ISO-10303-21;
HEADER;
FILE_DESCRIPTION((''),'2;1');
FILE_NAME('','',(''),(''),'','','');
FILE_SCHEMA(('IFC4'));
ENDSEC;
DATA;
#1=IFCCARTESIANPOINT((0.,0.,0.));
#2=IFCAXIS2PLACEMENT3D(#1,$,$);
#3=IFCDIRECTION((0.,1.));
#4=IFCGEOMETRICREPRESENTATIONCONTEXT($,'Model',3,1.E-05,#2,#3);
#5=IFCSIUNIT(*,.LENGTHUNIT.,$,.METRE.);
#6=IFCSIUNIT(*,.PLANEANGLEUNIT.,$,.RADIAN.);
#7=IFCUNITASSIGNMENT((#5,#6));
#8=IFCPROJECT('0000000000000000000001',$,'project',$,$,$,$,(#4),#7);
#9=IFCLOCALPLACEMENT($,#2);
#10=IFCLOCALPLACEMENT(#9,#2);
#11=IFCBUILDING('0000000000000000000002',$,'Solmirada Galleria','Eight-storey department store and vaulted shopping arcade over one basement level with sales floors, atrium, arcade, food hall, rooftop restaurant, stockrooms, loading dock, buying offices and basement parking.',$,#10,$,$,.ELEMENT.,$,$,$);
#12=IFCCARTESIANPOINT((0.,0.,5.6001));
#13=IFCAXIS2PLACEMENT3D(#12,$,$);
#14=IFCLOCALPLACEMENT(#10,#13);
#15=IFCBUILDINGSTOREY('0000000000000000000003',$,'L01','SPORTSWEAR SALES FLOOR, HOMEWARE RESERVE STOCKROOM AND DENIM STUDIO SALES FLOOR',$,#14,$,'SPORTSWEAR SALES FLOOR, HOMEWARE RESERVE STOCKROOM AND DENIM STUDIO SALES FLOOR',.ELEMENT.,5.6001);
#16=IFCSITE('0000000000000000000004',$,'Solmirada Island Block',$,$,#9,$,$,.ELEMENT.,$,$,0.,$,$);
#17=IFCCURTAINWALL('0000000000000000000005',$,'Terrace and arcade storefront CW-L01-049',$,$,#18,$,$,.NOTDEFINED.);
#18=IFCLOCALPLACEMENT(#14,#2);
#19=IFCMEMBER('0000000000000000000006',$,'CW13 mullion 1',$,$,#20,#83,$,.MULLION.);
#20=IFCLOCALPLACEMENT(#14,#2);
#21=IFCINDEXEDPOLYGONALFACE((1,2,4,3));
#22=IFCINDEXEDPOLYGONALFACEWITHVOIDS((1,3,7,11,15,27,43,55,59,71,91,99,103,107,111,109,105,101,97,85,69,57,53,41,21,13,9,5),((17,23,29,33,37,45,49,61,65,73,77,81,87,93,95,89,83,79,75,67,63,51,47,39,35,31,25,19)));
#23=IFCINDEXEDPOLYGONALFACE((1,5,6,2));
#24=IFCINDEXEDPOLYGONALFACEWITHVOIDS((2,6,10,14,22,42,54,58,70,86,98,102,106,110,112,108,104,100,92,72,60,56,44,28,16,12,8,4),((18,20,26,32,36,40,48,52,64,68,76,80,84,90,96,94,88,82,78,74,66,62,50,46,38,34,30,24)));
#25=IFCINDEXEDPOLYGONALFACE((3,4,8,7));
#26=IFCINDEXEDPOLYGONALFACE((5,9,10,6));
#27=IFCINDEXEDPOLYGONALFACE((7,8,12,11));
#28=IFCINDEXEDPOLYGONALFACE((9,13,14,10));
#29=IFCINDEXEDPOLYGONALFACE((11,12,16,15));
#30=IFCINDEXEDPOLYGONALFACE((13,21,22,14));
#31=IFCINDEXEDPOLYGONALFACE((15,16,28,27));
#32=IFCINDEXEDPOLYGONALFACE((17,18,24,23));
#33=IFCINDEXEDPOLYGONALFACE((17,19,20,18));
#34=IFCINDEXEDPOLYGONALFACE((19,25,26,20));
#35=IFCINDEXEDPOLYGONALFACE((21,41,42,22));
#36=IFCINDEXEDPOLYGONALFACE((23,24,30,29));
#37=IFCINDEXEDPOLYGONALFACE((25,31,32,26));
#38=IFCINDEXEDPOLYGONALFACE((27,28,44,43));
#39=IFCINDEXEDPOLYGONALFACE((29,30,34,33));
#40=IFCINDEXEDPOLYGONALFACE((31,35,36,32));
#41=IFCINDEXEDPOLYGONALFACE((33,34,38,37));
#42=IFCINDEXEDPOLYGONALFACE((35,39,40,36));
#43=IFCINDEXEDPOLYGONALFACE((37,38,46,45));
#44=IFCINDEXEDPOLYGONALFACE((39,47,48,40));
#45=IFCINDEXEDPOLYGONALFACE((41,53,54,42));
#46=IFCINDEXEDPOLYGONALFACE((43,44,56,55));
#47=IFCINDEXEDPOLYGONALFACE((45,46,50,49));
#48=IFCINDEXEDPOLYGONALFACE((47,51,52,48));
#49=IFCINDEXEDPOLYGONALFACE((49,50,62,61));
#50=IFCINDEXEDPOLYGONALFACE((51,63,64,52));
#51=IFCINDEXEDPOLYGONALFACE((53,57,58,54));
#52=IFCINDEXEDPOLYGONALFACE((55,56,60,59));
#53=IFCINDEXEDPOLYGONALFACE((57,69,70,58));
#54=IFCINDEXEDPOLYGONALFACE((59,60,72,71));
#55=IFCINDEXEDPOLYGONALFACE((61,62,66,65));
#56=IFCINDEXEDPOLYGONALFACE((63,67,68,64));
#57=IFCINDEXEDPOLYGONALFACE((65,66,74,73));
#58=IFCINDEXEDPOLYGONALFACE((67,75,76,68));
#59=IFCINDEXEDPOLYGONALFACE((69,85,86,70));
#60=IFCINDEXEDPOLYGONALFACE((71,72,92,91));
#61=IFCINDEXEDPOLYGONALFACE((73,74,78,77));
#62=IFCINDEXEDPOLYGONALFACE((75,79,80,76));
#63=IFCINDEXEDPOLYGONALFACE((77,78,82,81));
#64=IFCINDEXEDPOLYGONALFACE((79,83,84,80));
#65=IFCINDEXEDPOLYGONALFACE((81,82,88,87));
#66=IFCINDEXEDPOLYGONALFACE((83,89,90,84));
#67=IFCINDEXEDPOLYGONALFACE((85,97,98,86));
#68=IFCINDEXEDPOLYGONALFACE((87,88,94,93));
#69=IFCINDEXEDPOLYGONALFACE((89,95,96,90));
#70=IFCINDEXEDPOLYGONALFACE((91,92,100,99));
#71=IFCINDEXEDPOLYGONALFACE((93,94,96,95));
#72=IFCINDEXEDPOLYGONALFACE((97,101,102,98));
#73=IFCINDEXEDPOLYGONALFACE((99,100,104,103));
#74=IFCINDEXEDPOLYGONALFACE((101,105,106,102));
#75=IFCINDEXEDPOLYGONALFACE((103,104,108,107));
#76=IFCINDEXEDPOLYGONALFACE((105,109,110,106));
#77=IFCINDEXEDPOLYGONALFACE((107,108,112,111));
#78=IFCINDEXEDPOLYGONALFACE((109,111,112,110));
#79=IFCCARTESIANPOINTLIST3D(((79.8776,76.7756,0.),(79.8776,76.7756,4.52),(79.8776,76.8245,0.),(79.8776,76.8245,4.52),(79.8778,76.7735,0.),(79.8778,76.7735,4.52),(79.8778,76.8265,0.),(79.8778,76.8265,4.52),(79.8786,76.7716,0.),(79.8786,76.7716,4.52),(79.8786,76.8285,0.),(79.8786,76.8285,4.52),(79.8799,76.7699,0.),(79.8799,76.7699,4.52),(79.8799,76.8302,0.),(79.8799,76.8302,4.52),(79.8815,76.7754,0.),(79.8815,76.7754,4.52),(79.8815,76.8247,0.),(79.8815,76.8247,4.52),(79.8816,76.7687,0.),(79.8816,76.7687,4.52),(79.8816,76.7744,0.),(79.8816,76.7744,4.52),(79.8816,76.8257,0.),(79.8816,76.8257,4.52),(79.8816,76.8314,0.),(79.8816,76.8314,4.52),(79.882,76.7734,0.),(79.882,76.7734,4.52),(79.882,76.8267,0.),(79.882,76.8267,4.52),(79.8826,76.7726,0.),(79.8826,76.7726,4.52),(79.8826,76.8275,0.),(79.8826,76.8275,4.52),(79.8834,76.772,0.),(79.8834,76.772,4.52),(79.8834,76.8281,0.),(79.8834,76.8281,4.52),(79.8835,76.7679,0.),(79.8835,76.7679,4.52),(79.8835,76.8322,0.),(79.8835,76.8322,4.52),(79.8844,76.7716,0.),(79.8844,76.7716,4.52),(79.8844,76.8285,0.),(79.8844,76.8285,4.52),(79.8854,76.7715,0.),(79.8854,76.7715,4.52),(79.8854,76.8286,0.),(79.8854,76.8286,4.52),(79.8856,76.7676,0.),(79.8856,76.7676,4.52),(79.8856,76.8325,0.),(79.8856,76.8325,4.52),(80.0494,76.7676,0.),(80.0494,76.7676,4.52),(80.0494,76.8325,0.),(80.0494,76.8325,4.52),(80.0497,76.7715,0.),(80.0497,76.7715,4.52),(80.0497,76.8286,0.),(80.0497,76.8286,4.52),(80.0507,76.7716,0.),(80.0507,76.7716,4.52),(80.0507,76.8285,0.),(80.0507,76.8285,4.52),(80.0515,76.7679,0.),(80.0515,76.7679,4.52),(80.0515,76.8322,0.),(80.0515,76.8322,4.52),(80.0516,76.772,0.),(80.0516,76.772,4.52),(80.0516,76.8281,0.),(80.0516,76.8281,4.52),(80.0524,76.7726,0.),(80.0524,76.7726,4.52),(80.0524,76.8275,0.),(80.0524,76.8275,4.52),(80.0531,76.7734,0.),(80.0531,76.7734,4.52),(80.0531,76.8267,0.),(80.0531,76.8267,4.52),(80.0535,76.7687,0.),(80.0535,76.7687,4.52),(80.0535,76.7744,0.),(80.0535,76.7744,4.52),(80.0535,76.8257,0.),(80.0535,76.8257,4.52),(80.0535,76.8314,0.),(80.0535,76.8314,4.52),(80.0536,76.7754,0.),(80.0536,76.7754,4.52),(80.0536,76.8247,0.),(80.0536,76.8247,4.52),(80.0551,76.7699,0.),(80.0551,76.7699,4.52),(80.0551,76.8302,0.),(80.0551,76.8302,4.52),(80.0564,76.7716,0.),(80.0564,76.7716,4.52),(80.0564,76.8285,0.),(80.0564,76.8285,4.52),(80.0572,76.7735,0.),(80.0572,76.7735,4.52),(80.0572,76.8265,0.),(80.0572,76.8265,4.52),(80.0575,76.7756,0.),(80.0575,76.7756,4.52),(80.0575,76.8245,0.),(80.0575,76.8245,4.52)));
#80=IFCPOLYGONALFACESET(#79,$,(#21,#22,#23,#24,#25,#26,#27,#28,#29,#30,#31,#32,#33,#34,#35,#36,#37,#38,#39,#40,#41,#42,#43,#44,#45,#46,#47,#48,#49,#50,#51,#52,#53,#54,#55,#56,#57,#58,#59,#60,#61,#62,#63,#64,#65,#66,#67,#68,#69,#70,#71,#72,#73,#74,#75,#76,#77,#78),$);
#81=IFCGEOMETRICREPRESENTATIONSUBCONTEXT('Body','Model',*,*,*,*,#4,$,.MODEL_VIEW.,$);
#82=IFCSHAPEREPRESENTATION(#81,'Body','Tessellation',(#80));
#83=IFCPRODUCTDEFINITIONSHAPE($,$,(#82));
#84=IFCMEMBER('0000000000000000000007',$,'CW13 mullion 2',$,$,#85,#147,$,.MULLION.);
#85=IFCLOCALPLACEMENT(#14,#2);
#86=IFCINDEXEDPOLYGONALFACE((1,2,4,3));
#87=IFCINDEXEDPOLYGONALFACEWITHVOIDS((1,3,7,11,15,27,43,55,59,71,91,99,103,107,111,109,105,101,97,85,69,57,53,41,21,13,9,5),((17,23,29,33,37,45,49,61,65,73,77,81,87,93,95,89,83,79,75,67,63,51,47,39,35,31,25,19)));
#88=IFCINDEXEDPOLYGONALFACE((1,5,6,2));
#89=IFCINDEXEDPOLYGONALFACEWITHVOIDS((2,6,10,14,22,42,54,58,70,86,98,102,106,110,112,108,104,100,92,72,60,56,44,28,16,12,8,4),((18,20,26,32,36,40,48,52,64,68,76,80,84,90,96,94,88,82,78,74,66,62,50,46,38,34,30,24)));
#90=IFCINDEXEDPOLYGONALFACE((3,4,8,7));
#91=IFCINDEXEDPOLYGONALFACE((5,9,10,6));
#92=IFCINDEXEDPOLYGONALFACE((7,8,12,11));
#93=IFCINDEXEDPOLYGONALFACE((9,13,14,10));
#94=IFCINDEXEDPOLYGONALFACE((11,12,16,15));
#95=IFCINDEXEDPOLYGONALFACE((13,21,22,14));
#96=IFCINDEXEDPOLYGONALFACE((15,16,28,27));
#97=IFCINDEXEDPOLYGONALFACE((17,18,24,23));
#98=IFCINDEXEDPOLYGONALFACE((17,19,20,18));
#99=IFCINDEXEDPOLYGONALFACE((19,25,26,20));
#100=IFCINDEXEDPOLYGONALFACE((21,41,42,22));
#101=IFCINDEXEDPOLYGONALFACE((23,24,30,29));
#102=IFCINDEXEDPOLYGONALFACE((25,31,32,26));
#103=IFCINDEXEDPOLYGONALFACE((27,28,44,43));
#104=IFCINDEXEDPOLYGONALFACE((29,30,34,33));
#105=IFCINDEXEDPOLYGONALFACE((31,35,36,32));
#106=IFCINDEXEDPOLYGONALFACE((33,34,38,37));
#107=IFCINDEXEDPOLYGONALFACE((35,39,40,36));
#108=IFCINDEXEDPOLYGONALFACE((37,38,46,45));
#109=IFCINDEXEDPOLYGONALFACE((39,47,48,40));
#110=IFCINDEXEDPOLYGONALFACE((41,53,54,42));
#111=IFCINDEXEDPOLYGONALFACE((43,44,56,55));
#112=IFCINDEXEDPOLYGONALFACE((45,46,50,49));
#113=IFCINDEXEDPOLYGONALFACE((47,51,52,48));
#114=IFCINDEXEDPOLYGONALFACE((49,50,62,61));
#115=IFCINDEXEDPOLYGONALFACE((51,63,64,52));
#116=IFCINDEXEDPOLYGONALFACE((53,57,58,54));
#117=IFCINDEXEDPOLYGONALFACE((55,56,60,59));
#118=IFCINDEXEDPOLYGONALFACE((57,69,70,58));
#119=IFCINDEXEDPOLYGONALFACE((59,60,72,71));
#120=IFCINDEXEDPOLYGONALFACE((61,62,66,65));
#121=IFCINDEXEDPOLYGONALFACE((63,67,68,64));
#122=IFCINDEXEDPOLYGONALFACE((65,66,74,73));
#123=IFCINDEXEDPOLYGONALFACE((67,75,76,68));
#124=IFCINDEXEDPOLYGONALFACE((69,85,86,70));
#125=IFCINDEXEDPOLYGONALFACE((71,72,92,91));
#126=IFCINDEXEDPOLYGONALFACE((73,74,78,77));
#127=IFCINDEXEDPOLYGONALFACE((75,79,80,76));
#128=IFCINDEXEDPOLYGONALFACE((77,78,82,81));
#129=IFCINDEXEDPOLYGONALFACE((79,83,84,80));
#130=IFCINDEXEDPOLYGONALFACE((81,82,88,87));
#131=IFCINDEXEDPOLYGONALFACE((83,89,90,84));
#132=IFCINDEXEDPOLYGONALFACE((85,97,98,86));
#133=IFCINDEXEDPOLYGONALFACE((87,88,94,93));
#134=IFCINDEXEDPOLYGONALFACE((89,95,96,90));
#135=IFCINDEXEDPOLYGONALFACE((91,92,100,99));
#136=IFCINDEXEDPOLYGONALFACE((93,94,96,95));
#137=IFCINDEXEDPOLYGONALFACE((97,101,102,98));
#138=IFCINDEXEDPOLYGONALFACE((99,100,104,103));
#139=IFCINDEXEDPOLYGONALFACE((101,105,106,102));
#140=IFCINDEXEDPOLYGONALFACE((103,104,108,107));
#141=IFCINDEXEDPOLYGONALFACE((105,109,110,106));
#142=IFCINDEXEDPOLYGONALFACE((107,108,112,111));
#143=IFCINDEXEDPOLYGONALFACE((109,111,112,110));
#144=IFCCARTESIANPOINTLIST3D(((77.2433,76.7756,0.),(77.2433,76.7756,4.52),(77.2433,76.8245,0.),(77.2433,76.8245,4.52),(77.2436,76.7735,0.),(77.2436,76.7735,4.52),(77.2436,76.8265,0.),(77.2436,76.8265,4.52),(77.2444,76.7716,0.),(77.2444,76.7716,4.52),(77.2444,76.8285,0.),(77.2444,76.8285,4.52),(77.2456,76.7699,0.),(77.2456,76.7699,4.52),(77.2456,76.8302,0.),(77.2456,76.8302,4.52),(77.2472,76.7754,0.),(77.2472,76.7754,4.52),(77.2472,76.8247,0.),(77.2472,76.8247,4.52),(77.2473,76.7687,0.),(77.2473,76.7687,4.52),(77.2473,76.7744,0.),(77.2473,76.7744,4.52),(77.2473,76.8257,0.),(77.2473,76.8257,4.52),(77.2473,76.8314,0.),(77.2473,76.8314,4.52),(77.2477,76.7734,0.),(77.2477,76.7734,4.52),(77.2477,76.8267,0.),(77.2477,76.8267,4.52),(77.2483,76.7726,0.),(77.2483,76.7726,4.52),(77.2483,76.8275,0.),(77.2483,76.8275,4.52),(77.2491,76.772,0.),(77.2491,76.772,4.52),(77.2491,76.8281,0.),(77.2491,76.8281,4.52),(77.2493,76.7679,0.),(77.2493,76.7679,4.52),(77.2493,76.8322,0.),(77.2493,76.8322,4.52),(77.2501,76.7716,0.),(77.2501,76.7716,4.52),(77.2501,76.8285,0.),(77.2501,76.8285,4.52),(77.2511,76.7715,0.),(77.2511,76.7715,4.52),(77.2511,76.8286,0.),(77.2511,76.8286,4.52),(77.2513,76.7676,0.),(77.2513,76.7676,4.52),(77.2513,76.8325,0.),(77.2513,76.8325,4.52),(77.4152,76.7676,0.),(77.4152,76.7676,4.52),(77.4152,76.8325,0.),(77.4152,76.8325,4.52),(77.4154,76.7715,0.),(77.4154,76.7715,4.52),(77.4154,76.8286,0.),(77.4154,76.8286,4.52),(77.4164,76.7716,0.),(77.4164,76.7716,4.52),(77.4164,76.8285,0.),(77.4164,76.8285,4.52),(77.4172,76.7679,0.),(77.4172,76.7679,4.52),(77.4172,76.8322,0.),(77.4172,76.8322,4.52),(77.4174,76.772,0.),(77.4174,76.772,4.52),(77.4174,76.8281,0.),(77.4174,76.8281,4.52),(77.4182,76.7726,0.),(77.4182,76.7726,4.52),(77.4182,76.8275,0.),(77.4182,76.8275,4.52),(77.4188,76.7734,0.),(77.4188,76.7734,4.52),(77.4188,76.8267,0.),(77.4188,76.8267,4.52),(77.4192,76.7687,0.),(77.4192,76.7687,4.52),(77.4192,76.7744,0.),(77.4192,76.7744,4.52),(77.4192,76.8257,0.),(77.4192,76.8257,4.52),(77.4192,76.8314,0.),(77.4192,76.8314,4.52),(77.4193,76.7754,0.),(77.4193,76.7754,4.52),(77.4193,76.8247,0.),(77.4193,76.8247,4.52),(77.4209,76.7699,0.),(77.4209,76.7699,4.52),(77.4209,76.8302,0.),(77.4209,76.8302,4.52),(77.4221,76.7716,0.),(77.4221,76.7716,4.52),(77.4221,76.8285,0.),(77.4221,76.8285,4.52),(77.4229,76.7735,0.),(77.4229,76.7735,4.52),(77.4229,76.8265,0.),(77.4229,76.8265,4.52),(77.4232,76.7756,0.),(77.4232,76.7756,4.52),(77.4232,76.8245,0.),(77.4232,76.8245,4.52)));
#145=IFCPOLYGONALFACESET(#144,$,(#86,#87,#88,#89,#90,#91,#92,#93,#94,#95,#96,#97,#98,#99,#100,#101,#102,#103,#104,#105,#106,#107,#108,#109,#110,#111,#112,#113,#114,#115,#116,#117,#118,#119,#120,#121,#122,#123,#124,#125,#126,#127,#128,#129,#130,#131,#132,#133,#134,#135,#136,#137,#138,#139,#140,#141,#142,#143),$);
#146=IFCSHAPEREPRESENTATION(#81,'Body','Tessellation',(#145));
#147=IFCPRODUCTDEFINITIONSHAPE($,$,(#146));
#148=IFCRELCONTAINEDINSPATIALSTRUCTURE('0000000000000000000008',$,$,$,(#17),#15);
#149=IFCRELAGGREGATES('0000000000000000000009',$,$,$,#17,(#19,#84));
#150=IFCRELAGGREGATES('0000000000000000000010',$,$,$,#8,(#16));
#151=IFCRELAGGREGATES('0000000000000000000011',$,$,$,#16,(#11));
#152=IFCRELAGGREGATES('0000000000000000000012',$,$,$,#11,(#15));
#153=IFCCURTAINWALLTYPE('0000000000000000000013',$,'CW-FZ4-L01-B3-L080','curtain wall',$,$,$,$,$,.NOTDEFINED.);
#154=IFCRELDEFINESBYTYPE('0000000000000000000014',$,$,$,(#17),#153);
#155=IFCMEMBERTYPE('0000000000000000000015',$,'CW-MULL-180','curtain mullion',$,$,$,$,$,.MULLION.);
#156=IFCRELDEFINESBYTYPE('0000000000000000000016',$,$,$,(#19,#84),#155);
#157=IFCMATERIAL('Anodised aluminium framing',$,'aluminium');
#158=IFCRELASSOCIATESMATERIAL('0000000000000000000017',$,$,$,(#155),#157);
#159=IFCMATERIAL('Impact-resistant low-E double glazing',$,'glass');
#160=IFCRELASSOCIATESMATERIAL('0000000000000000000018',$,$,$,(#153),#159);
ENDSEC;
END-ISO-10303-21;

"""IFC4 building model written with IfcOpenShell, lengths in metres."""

from ifc_helpers import new_model, si_unit, direction, frame, origin, origin_2d, place, context, subcontext, project, spatial, hollow_rectangle, extrude, material, material_profile, profile_set, type_object, element, aggregate, save


model = new_model("IFC4")

# Units and contexts
model_context = context("Model", 3, precision=1e-05, world=origin(), true_north=direction((0.0, 1.0)))
body_context = subcontext(model_context, "Body", "Model", "MODEL_VIEW")
ifc_project = project(units=[si_unit("LENGTHUNIT", "METRE"), si_unit("PLANEANGLEUNIT", "RADIAN")], contexts=[model_context])

# Site, building, storey
site_placement = place(None, origin())
site = spatial("IfcSite", under=ifc_project, at=site_placement, Name="Solmirada Island Block", CompositionType="ELEMENT", RefElevation=0.0)
building_placement = place(site_placement, origin())
building = spatial("IfcBuilding", under=site, at=building_placement, Name="Solmirada Galleria", Description="Eight-storey department store and vaulted shopping arcade over one basement level with sales floors, atrium, arcade, food hall, rooftop restaurant, stockrooms, loading dock, buying offices and basement parking.", CompositionType="ELEMENT")
storey_placement = place(building_placement, frame((0.0, 0.0, 5.6001)))
storey = spatial("IfcBuildingStorey", under=building, at=storey_placement, Name="L01", Description="SPORTSWEAR SALES FLOOR, HOMEWARE RESERVE STOCKROOM AND DENIM STUDIO SALES FLOOR", LongName="SPORTSWEAR SALES FLOOR, HOMEWARE RESERVE STOCKROOM AND DENIM STUDIO SALES FLOOR", CompositionType="ELEMENT", Elevation=5.6001)

# Shared definitions
ifc_material_1 = material(Name="Impact-resistant low-E double glazing", Category="glass")
ifc_material_2 = material(Name="Anodised aluminium framing", Category="aluminium")
ifc_material_profile_1 = material_profile(ifc_material_2, hollow_rectangle(XDim=0.0649, YDim=0.1799, WallThickness=0.0039, InnerFilletRadius=0.0039, OuterFilletRadius=0.0081, at=origin_2d()), Name="ALU-MULL-180X65")
ifc_profile_set_1 = profile_set([ifc_material_profile_1], Name="Anodised aluminium framing")
member_type_1 = type_object("IfcMemberType", Name="CW-MULL-180", Description="curtain mullion", PredefinedType="MULLION", material=ifc_profile_set_1)

# Shared definitions
curtain_wall_type_1 = type_object("IfcCurtainWallType", Name="CW-FZ4-L01-B3-L080", Description="curtain wall", PredefinedType="NOTDEFINED", material=ifc_material_1)

# Curtain wall, members
curtain_wall_1_placement = place(storey_placement, origin())
curtain_wall_1 = element("IfcCurtainWall", 1, at=curtain_wall_1_placement, inside=storey, type_object=curtain_wall_type_1, Name="Terrace and arcade storefront CW-L01-049", PredefinedType="NOTDEFINED")
member_1_placement = place(storey_placement, frame((79.9675, 76.8, 0.0), z_axis=(0.0, 0.0, 1.0), x_axis=(0.0, -1.0, 0.0)))
member_1 = element("IfcMember", 2, at=member_1_placement, type_object=member_type_1, Name="CW13 mullion 1", PredefinedType="MULLION", context=body_context, shape_type="SweptSolid", body=[
    extrude(hollow_rectangle(XDim=0.0649, YDim=0.1799, WallThickness=0.0039, InnerFilletRadius=0.0039, OuterFilletRadius=0.0081, at=origin_2d()), origin(), (0.0, 0.0, 1.0), 4.52),
])
member_2_placement = place(storey_placement, frame((77.3333, 76.8, 0.0), z_axis=(0.0, 0.0, 1.0), x_axis=(0.0, -1.0, 0.0)))
member_2 = element("IfcMember", 3, at=member_2_placement, type_object=member_type_1, Name="CW13 mullion 2", PredefinedType="MULLION", context=body_context, shape_type="SweptSolid", body=[
    extrude(hollow_rectangle(XDim=0.0649, YDim=0.1799, WallThickness=0.0039, InnerFilletRadius=0.0039, OuterFilletRadius=0.0081, at=origin_2d()), origin(), (0.0, 0.0, 1.0), 4.52),
])

aggregate(curtain_wall_1, [member_1, member_2])

save(model, "model.ifc")
